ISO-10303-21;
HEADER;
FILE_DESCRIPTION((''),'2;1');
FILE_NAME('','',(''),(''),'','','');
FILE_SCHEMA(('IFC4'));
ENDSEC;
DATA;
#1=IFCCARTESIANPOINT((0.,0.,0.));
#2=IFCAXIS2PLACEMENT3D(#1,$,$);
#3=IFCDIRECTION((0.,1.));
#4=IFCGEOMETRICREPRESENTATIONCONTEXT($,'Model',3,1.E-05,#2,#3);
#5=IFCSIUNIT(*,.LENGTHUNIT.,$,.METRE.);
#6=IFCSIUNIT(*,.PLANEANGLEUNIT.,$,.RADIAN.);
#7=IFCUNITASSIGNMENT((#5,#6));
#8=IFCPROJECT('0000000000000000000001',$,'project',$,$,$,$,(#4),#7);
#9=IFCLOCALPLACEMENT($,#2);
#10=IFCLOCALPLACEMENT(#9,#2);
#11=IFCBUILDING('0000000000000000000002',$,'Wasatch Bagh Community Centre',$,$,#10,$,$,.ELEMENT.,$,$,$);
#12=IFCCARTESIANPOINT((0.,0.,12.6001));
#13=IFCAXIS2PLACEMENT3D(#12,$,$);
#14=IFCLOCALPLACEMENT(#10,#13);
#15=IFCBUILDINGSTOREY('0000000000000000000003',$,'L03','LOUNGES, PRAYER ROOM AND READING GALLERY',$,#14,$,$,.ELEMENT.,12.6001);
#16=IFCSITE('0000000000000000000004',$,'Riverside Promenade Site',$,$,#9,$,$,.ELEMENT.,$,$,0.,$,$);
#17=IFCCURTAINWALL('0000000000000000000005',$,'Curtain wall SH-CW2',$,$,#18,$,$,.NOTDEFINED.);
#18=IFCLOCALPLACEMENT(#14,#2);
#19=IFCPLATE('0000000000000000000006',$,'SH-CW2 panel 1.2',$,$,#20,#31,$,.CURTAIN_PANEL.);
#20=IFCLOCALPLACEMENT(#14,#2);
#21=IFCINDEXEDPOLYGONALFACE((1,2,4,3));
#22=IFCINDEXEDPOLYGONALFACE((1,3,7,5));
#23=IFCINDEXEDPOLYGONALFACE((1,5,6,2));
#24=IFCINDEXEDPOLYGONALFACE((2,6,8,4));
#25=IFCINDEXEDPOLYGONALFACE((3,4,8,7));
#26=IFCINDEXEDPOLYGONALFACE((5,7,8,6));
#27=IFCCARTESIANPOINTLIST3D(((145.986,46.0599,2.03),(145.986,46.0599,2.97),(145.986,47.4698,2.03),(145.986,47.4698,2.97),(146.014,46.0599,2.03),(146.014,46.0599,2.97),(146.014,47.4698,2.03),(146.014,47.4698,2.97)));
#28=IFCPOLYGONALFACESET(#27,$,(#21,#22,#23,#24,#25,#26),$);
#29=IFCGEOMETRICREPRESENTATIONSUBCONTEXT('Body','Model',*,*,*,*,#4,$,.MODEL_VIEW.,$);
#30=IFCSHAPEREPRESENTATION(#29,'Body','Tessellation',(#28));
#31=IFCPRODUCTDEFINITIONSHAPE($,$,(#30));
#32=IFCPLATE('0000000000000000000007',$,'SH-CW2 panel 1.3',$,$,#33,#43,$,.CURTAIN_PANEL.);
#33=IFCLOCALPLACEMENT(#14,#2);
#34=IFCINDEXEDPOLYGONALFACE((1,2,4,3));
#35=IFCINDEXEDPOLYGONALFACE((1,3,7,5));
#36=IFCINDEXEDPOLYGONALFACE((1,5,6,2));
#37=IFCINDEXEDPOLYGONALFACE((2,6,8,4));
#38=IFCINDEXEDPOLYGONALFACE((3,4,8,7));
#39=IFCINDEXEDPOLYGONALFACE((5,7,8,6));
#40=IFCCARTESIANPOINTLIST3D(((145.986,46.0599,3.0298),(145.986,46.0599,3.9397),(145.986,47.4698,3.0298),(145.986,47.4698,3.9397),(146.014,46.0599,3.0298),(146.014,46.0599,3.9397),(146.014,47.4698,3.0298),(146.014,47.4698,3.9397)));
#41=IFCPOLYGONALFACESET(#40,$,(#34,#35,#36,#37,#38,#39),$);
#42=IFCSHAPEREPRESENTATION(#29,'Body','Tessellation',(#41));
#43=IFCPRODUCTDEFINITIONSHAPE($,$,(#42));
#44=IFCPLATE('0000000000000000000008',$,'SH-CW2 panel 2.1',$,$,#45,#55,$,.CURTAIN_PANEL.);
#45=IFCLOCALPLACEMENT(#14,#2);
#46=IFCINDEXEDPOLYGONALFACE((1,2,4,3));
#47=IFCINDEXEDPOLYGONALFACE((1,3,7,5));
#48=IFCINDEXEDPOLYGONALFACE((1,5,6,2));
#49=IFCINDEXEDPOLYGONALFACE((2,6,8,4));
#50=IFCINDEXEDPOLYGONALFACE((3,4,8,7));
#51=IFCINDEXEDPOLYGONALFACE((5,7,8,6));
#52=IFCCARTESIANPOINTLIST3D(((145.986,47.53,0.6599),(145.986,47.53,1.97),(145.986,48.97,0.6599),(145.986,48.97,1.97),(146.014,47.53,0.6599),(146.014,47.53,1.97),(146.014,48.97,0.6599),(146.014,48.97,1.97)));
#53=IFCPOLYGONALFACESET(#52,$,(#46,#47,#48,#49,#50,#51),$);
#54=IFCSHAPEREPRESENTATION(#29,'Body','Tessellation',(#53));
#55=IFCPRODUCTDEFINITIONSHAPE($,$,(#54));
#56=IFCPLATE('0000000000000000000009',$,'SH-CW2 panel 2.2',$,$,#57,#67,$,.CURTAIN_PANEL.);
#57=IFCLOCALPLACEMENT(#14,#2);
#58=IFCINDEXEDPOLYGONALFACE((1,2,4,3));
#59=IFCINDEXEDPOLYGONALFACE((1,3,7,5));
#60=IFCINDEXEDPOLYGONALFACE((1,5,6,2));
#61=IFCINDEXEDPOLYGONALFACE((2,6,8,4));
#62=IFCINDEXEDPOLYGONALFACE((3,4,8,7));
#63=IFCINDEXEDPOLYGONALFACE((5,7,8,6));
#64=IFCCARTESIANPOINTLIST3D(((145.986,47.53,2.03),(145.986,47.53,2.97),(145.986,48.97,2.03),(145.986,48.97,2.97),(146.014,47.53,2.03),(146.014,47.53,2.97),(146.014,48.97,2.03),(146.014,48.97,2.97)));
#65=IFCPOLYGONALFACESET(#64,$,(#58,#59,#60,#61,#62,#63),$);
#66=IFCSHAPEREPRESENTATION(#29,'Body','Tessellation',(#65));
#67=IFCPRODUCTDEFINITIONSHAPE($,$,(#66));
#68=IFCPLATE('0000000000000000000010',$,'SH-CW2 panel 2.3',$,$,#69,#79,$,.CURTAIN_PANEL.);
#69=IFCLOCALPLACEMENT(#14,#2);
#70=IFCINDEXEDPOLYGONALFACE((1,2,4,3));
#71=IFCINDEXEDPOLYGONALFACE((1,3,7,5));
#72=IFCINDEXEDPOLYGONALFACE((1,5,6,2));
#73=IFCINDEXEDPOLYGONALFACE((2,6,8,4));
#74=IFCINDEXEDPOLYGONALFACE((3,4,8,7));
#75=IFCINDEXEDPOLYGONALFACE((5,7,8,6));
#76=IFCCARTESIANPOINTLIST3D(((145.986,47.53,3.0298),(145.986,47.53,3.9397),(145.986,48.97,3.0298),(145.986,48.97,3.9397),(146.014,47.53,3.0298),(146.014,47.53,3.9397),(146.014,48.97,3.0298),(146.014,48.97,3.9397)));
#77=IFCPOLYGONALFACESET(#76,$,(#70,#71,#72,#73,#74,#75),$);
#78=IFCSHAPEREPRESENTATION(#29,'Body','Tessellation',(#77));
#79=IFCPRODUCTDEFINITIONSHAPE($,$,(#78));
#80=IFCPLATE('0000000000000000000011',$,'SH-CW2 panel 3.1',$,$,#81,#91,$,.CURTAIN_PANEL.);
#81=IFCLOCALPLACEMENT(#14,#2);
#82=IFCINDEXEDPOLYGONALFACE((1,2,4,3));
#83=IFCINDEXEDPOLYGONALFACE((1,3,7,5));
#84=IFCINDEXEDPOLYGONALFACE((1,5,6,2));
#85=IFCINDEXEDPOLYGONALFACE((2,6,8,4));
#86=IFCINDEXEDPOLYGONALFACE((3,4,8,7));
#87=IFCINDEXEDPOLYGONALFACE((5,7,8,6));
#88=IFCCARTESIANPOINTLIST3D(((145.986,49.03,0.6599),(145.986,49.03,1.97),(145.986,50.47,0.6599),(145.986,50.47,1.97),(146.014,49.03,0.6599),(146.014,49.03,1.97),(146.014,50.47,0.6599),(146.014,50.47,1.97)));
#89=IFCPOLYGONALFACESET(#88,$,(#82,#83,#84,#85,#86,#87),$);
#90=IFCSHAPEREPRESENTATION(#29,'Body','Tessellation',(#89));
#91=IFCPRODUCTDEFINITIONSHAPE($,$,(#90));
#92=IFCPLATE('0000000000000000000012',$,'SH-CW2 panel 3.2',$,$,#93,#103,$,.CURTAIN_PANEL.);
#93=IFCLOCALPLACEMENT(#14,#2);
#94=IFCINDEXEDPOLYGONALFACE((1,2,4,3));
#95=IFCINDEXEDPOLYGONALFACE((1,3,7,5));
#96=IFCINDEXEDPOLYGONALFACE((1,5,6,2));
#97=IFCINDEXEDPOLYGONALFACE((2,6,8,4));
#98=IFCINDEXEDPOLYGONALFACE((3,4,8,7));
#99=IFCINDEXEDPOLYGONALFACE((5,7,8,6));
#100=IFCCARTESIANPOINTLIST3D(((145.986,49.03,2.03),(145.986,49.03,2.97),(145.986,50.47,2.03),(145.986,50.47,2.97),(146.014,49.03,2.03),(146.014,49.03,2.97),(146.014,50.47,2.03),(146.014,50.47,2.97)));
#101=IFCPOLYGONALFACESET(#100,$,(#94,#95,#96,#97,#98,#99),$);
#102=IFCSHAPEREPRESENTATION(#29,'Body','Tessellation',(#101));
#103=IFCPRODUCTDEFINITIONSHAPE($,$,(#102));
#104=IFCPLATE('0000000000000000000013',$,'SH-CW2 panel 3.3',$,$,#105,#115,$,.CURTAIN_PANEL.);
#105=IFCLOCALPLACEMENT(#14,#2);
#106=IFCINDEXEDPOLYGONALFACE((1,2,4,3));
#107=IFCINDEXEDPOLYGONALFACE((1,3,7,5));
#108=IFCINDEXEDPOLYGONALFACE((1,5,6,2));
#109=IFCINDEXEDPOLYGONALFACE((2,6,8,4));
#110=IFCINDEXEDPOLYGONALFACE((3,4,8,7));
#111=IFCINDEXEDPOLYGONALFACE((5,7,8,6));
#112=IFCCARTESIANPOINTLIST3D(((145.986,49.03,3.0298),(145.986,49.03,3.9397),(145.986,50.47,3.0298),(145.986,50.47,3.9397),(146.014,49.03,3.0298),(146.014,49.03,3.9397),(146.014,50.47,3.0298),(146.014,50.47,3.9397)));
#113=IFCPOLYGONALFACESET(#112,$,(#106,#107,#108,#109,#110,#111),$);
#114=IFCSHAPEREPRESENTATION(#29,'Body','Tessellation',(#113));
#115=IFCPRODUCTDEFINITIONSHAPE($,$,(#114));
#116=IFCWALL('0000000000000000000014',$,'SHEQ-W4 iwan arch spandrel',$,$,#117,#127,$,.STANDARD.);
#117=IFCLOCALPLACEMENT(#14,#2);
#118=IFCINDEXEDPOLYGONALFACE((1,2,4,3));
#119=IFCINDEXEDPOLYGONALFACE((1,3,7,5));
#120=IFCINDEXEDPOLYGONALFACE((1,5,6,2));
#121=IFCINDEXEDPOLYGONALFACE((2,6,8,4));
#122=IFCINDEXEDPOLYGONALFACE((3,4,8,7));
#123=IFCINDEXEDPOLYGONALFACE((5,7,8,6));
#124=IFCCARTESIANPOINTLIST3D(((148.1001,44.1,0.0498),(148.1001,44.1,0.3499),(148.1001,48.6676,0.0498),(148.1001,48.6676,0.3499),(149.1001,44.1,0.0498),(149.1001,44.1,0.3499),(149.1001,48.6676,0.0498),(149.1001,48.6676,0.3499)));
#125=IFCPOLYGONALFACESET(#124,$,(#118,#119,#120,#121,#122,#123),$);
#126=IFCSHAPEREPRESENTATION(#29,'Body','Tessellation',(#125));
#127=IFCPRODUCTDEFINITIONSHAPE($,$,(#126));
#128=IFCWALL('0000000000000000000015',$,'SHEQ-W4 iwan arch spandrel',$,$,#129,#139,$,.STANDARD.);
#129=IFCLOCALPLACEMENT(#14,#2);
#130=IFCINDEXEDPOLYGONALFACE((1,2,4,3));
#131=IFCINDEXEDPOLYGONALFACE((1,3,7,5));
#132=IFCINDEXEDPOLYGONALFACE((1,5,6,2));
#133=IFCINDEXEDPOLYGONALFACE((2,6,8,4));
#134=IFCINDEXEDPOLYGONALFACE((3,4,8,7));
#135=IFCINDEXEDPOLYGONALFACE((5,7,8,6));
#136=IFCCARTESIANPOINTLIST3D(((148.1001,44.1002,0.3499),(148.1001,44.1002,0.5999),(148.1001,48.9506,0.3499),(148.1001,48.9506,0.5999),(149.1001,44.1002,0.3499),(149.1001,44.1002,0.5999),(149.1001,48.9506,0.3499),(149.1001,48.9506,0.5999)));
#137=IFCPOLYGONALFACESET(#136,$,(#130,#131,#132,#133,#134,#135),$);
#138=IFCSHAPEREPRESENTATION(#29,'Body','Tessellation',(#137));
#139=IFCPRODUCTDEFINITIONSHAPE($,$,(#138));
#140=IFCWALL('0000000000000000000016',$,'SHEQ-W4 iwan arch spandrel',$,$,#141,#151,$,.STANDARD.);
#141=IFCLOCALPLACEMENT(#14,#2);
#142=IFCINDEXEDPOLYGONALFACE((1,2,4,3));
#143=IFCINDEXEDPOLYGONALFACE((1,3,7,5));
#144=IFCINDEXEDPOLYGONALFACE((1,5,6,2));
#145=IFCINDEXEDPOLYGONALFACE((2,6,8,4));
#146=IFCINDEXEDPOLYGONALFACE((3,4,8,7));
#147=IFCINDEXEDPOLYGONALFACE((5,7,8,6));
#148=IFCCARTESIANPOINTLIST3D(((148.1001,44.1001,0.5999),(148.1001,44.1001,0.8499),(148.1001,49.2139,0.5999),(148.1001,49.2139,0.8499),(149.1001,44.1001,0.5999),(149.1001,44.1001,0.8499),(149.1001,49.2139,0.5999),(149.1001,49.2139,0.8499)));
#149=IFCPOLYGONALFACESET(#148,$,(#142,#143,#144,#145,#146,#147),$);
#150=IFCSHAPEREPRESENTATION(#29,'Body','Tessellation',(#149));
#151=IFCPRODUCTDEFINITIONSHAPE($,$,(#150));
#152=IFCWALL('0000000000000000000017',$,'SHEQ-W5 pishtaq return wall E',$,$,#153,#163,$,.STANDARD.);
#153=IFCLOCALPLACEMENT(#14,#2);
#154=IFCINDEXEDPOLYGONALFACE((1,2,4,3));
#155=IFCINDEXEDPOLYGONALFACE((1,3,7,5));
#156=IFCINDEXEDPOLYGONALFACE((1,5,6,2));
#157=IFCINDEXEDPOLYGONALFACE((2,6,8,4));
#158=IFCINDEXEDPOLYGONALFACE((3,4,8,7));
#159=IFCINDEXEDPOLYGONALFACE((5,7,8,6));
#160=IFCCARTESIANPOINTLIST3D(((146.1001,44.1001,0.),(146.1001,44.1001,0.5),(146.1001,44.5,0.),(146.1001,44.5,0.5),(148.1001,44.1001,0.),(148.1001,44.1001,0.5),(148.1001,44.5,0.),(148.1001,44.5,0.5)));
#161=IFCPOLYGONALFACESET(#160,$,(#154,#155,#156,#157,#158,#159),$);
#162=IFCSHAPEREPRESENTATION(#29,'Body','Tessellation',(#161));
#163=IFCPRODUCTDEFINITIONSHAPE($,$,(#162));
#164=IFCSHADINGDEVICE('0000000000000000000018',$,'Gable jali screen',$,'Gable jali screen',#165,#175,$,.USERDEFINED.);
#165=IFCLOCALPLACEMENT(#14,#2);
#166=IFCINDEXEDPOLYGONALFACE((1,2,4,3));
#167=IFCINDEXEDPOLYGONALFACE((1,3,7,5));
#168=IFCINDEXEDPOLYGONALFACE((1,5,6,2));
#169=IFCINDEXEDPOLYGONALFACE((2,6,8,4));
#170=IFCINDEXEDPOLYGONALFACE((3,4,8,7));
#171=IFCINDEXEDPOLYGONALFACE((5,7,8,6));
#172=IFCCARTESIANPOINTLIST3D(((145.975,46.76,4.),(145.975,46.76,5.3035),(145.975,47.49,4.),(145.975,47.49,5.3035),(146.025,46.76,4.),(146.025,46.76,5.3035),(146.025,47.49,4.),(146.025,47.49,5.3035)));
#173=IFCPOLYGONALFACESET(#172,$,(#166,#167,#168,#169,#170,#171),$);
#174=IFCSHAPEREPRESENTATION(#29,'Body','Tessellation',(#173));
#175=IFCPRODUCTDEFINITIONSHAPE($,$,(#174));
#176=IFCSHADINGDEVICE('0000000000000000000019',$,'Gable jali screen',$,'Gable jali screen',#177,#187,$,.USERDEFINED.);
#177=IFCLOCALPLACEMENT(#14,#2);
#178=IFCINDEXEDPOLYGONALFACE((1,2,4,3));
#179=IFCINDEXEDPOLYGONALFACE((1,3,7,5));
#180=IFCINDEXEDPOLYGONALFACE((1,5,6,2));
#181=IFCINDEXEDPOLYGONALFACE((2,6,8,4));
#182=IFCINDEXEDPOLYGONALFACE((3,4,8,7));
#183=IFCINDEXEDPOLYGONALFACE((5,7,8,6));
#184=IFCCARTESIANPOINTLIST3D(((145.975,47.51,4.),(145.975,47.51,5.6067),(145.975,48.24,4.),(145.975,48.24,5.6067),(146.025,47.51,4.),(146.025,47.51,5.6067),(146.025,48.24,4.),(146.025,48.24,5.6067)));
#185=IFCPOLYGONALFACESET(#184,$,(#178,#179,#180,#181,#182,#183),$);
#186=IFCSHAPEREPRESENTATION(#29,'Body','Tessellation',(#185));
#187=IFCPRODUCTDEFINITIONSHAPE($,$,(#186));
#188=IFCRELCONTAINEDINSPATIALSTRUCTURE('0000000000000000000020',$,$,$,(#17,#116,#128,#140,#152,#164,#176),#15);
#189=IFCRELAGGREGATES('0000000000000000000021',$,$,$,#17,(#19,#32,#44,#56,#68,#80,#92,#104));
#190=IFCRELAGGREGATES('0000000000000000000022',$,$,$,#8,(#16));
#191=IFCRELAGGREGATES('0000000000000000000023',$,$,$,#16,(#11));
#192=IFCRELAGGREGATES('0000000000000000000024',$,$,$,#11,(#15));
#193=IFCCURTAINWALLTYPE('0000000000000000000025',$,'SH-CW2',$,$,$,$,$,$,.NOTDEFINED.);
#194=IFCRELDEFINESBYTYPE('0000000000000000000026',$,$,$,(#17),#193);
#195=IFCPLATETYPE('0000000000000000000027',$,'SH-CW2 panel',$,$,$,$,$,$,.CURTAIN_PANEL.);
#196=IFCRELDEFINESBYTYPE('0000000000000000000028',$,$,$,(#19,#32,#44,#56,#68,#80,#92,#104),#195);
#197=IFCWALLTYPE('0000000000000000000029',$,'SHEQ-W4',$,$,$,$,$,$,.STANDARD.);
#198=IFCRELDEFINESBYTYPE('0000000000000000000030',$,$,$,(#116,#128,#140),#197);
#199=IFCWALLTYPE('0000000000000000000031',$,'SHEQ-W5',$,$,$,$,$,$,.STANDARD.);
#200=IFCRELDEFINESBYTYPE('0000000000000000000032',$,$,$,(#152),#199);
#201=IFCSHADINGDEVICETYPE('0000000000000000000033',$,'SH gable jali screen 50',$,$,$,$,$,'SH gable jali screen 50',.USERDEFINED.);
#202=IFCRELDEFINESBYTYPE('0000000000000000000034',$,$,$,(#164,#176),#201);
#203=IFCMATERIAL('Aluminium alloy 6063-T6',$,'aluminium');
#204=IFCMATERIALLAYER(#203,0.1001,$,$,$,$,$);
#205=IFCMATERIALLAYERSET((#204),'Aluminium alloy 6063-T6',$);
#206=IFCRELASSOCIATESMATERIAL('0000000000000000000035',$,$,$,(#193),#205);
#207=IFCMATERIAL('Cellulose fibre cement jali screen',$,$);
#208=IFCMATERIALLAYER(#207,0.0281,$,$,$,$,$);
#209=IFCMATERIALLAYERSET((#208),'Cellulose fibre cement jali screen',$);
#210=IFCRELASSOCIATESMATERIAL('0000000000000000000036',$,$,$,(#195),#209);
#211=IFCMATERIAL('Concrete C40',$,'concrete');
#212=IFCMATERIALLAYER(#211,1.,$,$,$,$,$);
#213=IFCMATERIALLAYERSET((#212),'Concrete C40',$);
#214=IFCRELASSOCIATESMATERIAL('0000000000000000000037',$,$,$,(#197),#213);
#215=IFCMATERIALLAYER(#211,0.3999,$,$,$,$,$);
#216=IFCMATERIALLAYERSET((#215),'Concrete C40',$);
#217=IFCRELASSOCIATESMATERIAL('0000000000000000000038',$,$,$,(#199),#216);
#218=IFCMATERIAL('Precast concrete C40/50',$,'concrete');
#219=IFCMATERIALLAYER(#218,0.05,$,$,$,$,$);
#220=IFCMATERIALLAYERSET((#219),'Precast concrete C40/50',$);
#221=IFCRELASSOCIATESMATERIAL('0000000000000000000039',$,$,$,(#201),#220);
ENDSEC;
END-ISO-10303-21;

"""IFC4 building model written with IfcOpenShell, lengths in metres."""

from ifc_helpers import new_model, si_unit, direction, frame, frame_2d, origin, origin_2d, place, context, subcontext, project, spatial, rectangle, extrude, material, layer, layer_set, type_object, element, aggregate, save


model = new_model("IFC4")

# Units and contexts
model_context = context("Model", 3, precision=1e-05, world=origin(), true_north=direction((0.0, 1.0)))
body_context = subcontext(model_context, "Body", "Model", "MODEL_VIEW")
ifc_project = project(units=[si_unit("LENGTHUNIT", "METRE"), si_unit("PLANEANGLEUNIT", "RADIAN")], contexts=[model_context])

# Site, building, storey
site_placement = place(None, origin())
site = spatial("IfcSite", under=ifc_project, at=site_placement, Name="Riverside Promenade Site", CompositionType="ELEMENT", RefElevation=0.0)
building_placement = place(site_placement, origin())
building = spatial("IfcBuilding", under=site, at=building_placement, Name="Wasatch Bagh Community Centre", CompositionType="ELEMENT")
storey_placement = place(building_placement, frame((0.0, 0.0, 12.6001)))
storey = spatial("IfcBuildingStorey", under=building, at=storey_placement, Name="L03", Description="LOUNGES, PRAYER ROOM AND READING GALLERY", CompositionType="ELEMENT", Elevation=12.6001)

# Curtain wall, plates
ifc_material_1 = material(Name="Aluminium alloy 6063-T6", Category="aluminium")
ifc_layer_1 = layer(ifc_material_1, 0.1001)
ifc_layer_set_1 = layer_set([ifc_layer_1], Name="Aluminium alloy 6063-T6")
curtain_wall_type = type_object("IfcCurtainWallType", Name="SH-CW2", PredefinedType="NOTDEFINED", material=ifc_layer_set_1)
curtain_wall_placement = place(storey_placement, origin())
curtain_wall = element("IfcCurtainWall", 1, at=curtain_wall_placement, inside=storey, type_object=curtain_wall_type, Name="Curtain wall SH-CW2", PredefinedType="NOTDEFINED")
ifc_material_2 = material(Name="Cellulose fibre cement jali screen")
ifc_layer_2 = layer(ifc_material_2, 0.0281)
ifc_layer_set_2 = layer_set([ifc_layer_2], Name="Cellulose fibre cement jali screen")
plate_type = type_object("IfcPlateType", Name="SH-CW2 panel", PredefinedType="CURTAIN_PANEL", material=ifc_layer_set_2)
plate_1_placement = place(storey_placement, frame((146.0, 46.7649, 2.03), z_axis=(0.0, 0.0, 1.0), x_axis=(0.0, 1.0, 0.0)))
plate_1 = element("IfcPlate", 2, at=plate_1_placement, type_object=plate_type, Name="SH-CW2 panel 1.2", PredefinedType="CURTAIN_PANEL", context=body_context, shape_type="SweptSolid", body=[
    extrude(rectangle(XDim=1.4099, YDim=0.0281, at=origin_2d()), origin(), (0.0, 0.0, 1.0), 0.9399),
])
plate_2_placement = place(storey_placement, frame((146.0, 46.7649, 3.0298), z_axis=(0.0, 0.0, 1.0), x_axis=(0.0, 1.0, 0.0)))
plate_2 = element("IfcPlate", 3, at=plate_2_placement, type_object=plate_type, Name="SH-CW2 panel 1.3", PredefinedType="CURTAIN_PANEL", context=body_context, shape_type="SweptSolid", body=[
    extrude(rectangle(XDim=1.4099, YDim=0.0281, at=origin_2d()), origin(), (0.0, 0.0, 1.0), 0.9099),
])
plate_3_placement = place(storey_placement, frame((146.0, 48.25, 0.6599), z_axis=(0.0, 0.0, 1.0), x_axis=(0.0, 1.0, 0.0)))
plate_3 = element("IfcPlate", 4, at=plate_3_placement, type_object=plate_type, Name="SH-CW2 panel 2.1", PredefinedType="CURTAIN_PANEL", context=body_context, shape_type="SweptSolid", body=[
    extrude(rectangle(XDim=1.4399, YDim=0.0281, at=origin_2d()), origin(), (0.0, 0.0, 1.0), 1.3101),
])
plate_4_placement = place(storey_placement, frame((146.0, 48.25, 2.03), z_axis=(0.0, 0.0, 1.0), x_axis=(0.0, 1.0, 0.0)))
plate_4 = element("IfcPlate", 5, at=plate_4_placement, type_object=plate_type, Name="SH-CW2 panel 2.2", PredefinedType="CURTAIN_PANEL", context=body_context, shape_type="SweptSolid", body=[
    extrude(rectangle(XDim=1.4399, YDim=0.0281, at=origin_2d()), origin(), (0.0, 0.0, 1.0), 0.9399),
])
plate_5_placement = place(storey_placement, frame((146.0, 48.25, 3.0298), z_axis=(0.0, 0.0, 1.0), x_axis=(0.0, 1.0, 0.0)))
plate_5 = element("IfcPlate", 6, at=plate_5_placement, type_object=plate_type, Name="SH-CW2 panel 2.3", PredefinedType="CURTAIN_PANEL", context=body_context, shape_type="SweptSolid", body=[
    extrude(rectangle(XDim=1.4399, YDim=0.0281, at=origin_2d()), origin(), (0.0, 0.0, 1.0), 0.9099),
])
plate_6_placement = place(storey_placement, frame((146.0, 49.75, 0.6599), z_axis=(0.0, 0.0, 1.0), x_axis=(0.0, 1.0, 0.0)))
plate_6 = element("IfcPlate", 7, at=plate_6_placement, type_object=plate_type, Name="SH-CW2 panel 3.1", PredefinedType="CURTAIN_PANEL", context=body_context, shape_type="SweptSolid", body=[
    extrude(rectangle(XDim=1.4399, YDim=0.0281, at=origin_2d()), origin(), (0.0, 0.0, 1.0), 1.3101),
])
plate_7_placement = place(storey_placement, frame((146.0, 49.75, 2.03), z_axis=(0.0, 0.0, 1.0), x_axis=(0.0, 1.0, 0.0)))
plate_7 = element("IfcPlate", 8, at=plate_7_placement, type_object=plate_type, Name="SH-CW2 panel 3.2", PredefinedType="CURTAIN_PANEL", context=body_context, shape_type="SweptSolid", body=[
    extrude(rectangle(XDim=1.4399, YDim=0.0281, at=origin_2d()), origin(), (0.0, 0.0, 1.0), 0.9399),
])
plate_8_placement = place(storey_placement, frame((146.0, 49.75, 3.0298), z_axis=(0.0, 0.0, 1.0), x_axis=(0.0, 1.0, 0.0)))
plate_8 = element("IfcPlate", 9, at=plate_8_placement, type_object=plate_type, Name="SH-CW2 panel 3.3", PredefinedType="CURTAIN_PANEL", context=body_context, shape_type="SweptSolid", body=[
    extrude(rectangle(XDim=1.4399, YDim=0.0281, at=origin_2d()), origin(), (0.0, 0.0, 1.0), 0.9099),
])
aggregate(curtain_wall, [plate_1, plate_2, plate_3, plate_4, plate_5, plate_6, plate_7, plate_8])

# Walls
ifc_material_3 = material(Name="Concrete C40", Category="concrete")
ifc_layer_3 = layer(ifc_material_3, 1.0)
ifc_layer_set_3 = layer_set([ifc_layer_3], Name="Concrete C40")
wall_type_1 = type_object("IfcWallType", Name="SHEQ-W4", PredefinedType="STANDARD", material=ifc_layer_set_3)
wall_1_placement = place(storey_placement, frame((148.6001, 44.1001, 0.0498), z_axis=(0.0, 0.0, 1.0), x_axis=(0.0, 1.0, 0.0)))
element("IfcWall", 10, at=wall_1_placement, inside=storey, type_object=wall_type_1, Name="SHEQ-W4 iwan arch spandrel", PredefinedType="STANDARD", context=body_context, shape_type="SweptSolid", body=[
    extrude(rectangle(XDim=4.5676, YDim=1.0, at=frame_2d((2.2837, 0.0))), origin(), (0.0, 0.0, 1.0), 0.3),
])
wall_2_placement = place(storey_placement, frame((148.6001, 44.1001, 0.3499), z_axis=(0.0, 0.0, 1.0), x_axis=(0.0, 1.0, 0.0)))
element("IfcWall", 11, at=wall_2_placement, inside=storey, type_object=wall_type_1, Name="SHEQ-W4 iwan arch spandrel", PredefinedType="STANDARD", context=body_context, shape_type="SweptSolid", body=[
    extrude(rectangle(XDim=4.8503, YDim=1.0, at=frame_2d((2.4253, 0.0))), origin(), (0.0, 0.0, 1.0), 0.25),
])
wall_3_placement = place(storey_placement, frame((148.6001, 44.1001, 0.5999), z_axis=(0.0, 0.0, 1.0), x_axis=(0.0, 1.0, 0.0)))
element("IfcWall", 12, at=wall_3_placement, inside=storey, type_object=wall_type_1, Name="SHEQ-W4 iwan arch spandrel", PredefinedType="STANDARD", context=body_context, shape_type="SweptSolid", body=[
    extrude(rectangle(XDim=5.1138, YDim=1.0, at=frame_2d((2.5569, 0.0))), origin(), (0.0, 0.0, 1.0), 0.25),
])
ifc_layer_4 = layer(ifc_material_3, 0.3999)
ifc_layer_set_4 = layer_set([ifc_layer_4], Name="Concrete C40")
wall_type_2 = type_object("IfcWallType", Name="SHEQ-W5", PredefinedType="STANDARD", material=ifc_layer_set_4)
wall_4_placement = place(storey_placement, frame((148.1001, 44.3, 0.0), z_axis=(0.0, 0.0, 1.0), x_axis=(-1.0, 0.0, 0.0)))
element("IfcWall", 13, at=wall_4_placement, inside=storey, type_object=wall_type_2, Name="SHEQ-W5 pishtaq return wall E", PredefinedType="STANDARD", context=body_context, shape_type="SweptSolid", body=[
    extrude(rectangle(XDim=2.0, YDim=0.3999, at=frame_2d((1.0, 0.0))), origin(), (0.0, 0.0, 1.0), 0.5),
])

# Shading devices
ifc_material_4 = material(Name="Precast concrete C40/50", Category="concrete")
ifc_layer_5 = layer(ifc_material_4, 0.05)
ifc_layer_set_5 = layer_set([ifc_layer_5], Name="Precast concrete C40/50")
shading_device_type = type_object("IfcShadingDeviceType", Name="SH gable jali screen 50", ElementType="SH gable jali screen 50", PredefinedType="USERDEFINED", material=ifc_layer_set_5)
shading_device_1_placement = place(storey_placement, frame((146.0, 47.125, 4.0), z_axis=(0.0, 0.0, 1.0), x_axis=(1.0, 0.0, 0.0)))
element("IfcShadingDevice", 14, at=shading_device_1_placement, inside=storey, type_object=shading_device_type, Name="Gable jali screen", ObjectType="Gable jali screen", PredefinedType="USERDEFINED", context=body_context, shape_type="SweptSolid", body=[
    extrude(rectangle(XDim=0.05, YDim=0.73, at=origin_2d()), origin(), (0.0, 0.0, 1.0), 1.3035),
])
shading_device_2_placement = place(storey_placement, frame((146.0, 47.875, 4.0), z_axis=(0.0, 0.0, 1.0), x_axis=(1.0, 0.0, 0.0)))
element("IfcShadingDevice", 15, at=shading_device_2_placement, inside=storey, type_object=shading_device_type, Name="Gable jali screen", ObjectType="Gable jali screen", PredefinedType="USERDEFINED", context=body_context, shape_type="SweptSolid", body=[
    extrude(rectangle(XDim=0.05, YDim=0.73, at=origin_2d()), origin(), (0.0, 0.0, 1.0), 1.6067),
])

save(model, "model.ifc")
